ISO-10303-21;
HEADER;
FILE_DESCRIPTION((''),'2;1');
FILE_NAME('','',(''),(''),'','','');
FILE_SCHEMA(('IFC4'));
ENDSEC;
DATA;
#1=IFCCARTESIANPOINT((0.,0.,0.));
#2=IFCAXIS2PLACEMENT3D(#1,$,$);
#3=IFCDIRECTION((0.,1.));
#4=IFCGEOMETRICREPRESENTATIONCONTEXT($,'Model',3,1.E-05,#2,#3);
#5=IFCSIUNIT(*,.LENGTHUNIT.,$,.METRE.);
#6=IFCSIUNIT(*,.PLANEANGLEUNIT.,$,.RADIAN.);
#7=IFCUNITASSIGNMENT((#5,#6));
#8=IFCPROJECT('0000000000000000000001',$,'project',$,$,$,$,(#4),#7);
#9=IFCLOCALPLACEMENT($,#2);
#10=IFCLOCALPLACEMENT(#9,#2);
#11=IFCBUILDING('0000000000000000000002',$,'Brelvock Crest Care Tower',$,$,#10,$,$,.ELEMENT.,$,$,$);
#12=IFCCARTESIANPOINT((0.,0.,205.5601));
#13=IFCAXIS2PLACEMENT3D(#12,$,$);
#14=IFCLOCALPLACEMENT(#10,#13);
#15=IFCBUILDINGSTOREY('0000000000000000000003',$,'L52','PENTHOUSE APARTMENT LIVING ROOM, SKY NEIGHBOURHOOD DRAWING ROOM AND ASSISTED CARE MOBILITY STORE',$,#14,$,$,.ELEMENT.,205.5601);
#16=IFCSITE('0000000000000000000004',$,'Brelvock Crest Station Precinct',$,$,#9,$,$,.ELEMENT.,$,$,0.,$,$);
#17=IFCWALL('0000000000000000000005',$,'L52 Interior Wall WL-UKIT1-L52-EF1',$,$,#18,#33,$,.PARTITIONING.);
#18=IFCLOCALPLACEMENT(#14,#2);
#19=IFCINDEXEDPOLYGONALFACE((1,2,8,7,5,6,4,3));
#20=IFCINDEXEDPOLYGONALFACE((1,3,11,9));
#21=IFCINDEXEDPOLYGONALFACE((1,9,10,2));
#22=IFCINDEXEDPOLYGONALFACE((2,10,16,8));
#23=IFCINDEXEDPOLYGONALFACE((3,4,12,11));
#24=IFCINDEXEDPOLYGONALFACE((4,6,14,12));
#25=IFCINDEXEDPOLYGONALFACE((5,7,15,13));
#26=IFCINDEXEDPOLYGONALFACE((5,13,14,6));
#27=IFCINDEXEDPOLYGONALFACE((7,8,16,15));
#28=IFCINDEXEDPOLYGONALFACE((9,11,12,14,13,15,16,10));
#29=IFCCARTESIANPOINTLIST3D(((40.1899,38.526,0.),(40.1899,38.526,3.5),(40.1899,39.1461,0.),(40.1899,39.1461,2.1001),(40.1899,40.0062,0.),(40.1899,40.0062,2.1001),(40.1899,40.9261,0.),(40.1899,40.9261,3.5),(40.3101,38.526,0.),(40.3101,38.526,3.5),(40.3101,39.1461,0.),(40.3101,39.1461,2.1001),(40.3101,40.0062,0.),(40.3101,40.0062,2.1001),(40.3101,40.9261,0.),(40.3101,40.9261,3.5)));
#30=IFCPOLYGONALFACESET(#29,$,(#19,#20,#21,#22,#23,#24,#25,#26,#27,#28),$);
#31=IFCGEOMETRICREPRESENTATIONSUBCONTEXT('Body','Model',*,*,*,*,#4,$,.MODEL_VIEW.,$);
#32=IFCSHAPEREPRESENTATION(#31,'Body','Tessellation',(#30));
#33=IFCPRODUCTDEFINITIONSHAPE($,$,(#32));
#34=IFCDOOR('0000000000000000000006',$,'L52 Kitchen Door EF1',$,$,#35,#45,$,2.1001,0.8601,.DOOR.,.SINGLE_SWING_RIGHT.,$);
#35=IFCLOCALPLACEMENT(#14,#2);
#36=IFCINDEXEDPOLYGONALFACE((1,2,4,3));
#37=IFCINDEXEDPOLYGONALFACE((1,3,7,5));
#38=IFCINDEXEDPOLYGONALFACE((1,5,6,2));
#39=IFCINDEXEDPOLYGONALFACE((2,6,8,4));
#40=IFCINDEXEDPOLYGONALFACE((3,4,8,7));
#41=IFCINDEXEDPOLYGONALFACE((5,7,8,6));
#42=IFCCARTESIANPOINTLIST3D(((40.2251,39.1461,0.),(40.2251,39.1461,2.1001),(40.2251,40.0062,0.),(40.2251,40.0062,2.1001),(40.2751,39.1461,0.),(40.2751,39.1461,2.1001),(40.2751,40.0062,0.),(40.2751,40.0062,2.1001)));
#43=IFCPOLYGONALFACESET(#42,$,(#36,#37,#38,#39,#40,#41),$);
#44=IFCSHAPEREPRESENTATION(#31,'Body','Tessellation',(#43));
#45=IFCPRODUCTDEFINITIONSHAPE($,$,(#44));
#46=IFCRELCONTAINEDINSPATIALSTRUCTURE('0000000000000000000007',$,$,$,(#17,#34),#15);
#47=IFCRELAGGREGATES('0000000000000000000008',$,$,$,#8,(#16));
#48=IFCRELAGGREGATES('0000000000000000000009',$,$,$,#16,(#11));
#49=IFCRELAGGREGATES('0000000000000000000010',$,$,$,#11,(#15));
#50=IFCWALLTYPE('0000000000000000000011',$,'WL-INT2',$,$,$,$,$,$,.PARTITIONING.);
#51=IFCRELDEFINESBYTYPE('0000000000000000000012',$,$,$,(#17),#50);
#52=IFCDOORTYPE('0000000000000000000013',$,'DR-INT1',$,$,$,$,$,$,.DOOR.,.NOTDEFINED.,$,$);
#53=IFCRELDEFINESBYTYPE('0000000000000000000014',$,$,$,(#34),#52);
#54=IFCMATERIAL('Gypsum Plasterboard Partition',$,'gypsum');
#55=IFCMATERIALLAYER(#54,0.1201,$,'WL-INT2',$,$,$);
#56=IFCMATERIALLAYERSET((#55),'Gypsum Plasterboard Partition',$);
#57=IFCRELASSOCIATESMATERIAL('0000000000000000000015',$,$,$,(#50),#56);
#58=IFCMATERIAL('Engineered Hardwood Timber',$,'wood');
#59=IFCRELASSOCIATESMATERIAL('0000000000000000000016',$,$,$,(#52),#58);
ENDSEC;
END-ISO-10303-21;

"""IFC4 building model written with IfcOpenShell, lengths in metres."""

from ifc_helpers import new_model, si_unit, direction, frame, frame_2d, origin, origin_2d, place, context, subcontext, project, spatial, rectangle, extrude, source, transform, mapped, material, layer, layer_set, type_object, element, fill, save


model = new_model("IFC4")

# Units and contexts
model_context = context("Model", 3, precision=1e-05, world=origin(), true_north=direction((0.0, 1.0)))
body_context = subcontext(model_context, "Body", "Model", "MODEL_VIEW")
ifc_project = project(units=[si_unit("LENGTHUNIT", "METRE"), si_unit("PLANEANGLEUNIT", "RADIAN")], contexts=[model_context])

# Site, building, storey
site_placement = place(None, origin())
site = spatial("IfcSite", under=ifc_project, at=site_placement, Name="Brelvock Crest Station Precinct", CompositionType="ELEMENT", RefElevation=0.0)
building_placement = place(site_placement, origin())
building = spatial("IfcBuilding", under=site, at=building_placement, Name="Brelvock Crest Care Tower", CompositionType="ELEMENT")
storey_placement = place(building_placement, frame((0.0, 0.0, 205.5601)))
storey = spatial("IfcBuildingStorey", under=building, at=storey_placement, Name="L52", Description="PENTHOUSE APARTMENT LIVING ROOM, SKY NEIGHBOURHOOD DRAWING ROOM AND ASSISTED CARE MOBILITY STORE", CompositionType="ELEMENT", Elevation=205.5601)

# Shared definitions
ifc_material_1 = material(Name="Gypsum Plasterboard Partition", Category="gypsum")
ifc_layer_1 = layer(ifc_material_1, 0.1201, Name="WL-INT2")
ifc_layer_set_1 = layer_set([ifc_layer_1], Name="Gypsum Plasterboard Partition")
wall_type_1 = type_object("IfcWallType", Name="WL-INT2", PredefinedType="PARTITIONING", material=ifc_layer_set_1)

# Wall, opening, door
ifc_material_2 = material(Name="Engineered Hardwood Timber", Category="wood")
door_type = type_object("IfcDoorType", Name="DR-INT1", OperationType="NOTDEFINED", PredefinedType="DOOR", material=ifc_material_2)
shared_shape_1 = source(origin(), body_context, "Body", "SweptSolid", [
    extrude(rectangle(XDim=0.8601, YDim=2.1001, at=origin_2d()), frame((0.4302, 0.0249, 1.05), z_axis=(0.0, -1.0, 0.0), x_axis=(1.0, 0.0, 0.0)), (0.0, 0.0, 1.0), 0.05),
])
wall_1_placement = place(storey_placement, frame((40.25, 38.5259, 0.0), z_axis=(0.0, 0.0, 1.0), x_axis=(0.0, 1.0, 0.0)))
wall_1 = element("IfcWall", 1, at=wall_1_placement, inside=storey, type_object=wall_type_1, Name="L52 Interior Wall WL-UKIT1-L52-EF1", PredefinedType="PARTITIONING", context=body_context, shape_type="SweptSolid", body=[
    extrude(rectangle(XDim=2.4001, YDim=0.1201, at=frame_2d((1.2002, 0.0))), origin(), (0.0, 0.0, 1.0), 3.5),
])
opening_1_placement = place(wall_1_placement, frame((0.6201, 0.0, 0.0)))
opening_1 = element("IfcOpeningElement", 2, at=opening_1_placement, cuts=wall_1, PredefinedType="OPENING", context=body_context, shape_type="SweptSolid", body=[
    extrude(rectangle(XDim=0.8601, YDim=2.1001, at=origin_2d()), frame((0.4302, 0.0701, 1.05), z_axis=(0.0, -1.0, 0.0), x_axis=(1.0, 0.0, 0.0)), (0.0, 0.0, 1.0), 0.1401),
])
door_1_placement = place(opening_1_placement, origin())
door_1 = element("IfcDoor", 3, at=door_1_placement, inside=storey, type_object=door_type, Name="L52 Kitchen Door EF1", OperationType="SINGLE_SWING_RIGHT", OverallHeight=2.1001, OverallWidth=0.8601, PredefinedType="DOOR", context=body_context, shape_type="MappedRepresentation", body=[
    mapped(shared_shape_1, transform((0.0, 0.0, 0.0), x_axis=(1.0, 0.0, 0.0), y_axis=(0.0, 1.0, 0.0), z_axis=(0.0, 0.0, 1.0), scale=1.0)),
])
fill(opening_1, door_1)

save(model, "model.ifc")
